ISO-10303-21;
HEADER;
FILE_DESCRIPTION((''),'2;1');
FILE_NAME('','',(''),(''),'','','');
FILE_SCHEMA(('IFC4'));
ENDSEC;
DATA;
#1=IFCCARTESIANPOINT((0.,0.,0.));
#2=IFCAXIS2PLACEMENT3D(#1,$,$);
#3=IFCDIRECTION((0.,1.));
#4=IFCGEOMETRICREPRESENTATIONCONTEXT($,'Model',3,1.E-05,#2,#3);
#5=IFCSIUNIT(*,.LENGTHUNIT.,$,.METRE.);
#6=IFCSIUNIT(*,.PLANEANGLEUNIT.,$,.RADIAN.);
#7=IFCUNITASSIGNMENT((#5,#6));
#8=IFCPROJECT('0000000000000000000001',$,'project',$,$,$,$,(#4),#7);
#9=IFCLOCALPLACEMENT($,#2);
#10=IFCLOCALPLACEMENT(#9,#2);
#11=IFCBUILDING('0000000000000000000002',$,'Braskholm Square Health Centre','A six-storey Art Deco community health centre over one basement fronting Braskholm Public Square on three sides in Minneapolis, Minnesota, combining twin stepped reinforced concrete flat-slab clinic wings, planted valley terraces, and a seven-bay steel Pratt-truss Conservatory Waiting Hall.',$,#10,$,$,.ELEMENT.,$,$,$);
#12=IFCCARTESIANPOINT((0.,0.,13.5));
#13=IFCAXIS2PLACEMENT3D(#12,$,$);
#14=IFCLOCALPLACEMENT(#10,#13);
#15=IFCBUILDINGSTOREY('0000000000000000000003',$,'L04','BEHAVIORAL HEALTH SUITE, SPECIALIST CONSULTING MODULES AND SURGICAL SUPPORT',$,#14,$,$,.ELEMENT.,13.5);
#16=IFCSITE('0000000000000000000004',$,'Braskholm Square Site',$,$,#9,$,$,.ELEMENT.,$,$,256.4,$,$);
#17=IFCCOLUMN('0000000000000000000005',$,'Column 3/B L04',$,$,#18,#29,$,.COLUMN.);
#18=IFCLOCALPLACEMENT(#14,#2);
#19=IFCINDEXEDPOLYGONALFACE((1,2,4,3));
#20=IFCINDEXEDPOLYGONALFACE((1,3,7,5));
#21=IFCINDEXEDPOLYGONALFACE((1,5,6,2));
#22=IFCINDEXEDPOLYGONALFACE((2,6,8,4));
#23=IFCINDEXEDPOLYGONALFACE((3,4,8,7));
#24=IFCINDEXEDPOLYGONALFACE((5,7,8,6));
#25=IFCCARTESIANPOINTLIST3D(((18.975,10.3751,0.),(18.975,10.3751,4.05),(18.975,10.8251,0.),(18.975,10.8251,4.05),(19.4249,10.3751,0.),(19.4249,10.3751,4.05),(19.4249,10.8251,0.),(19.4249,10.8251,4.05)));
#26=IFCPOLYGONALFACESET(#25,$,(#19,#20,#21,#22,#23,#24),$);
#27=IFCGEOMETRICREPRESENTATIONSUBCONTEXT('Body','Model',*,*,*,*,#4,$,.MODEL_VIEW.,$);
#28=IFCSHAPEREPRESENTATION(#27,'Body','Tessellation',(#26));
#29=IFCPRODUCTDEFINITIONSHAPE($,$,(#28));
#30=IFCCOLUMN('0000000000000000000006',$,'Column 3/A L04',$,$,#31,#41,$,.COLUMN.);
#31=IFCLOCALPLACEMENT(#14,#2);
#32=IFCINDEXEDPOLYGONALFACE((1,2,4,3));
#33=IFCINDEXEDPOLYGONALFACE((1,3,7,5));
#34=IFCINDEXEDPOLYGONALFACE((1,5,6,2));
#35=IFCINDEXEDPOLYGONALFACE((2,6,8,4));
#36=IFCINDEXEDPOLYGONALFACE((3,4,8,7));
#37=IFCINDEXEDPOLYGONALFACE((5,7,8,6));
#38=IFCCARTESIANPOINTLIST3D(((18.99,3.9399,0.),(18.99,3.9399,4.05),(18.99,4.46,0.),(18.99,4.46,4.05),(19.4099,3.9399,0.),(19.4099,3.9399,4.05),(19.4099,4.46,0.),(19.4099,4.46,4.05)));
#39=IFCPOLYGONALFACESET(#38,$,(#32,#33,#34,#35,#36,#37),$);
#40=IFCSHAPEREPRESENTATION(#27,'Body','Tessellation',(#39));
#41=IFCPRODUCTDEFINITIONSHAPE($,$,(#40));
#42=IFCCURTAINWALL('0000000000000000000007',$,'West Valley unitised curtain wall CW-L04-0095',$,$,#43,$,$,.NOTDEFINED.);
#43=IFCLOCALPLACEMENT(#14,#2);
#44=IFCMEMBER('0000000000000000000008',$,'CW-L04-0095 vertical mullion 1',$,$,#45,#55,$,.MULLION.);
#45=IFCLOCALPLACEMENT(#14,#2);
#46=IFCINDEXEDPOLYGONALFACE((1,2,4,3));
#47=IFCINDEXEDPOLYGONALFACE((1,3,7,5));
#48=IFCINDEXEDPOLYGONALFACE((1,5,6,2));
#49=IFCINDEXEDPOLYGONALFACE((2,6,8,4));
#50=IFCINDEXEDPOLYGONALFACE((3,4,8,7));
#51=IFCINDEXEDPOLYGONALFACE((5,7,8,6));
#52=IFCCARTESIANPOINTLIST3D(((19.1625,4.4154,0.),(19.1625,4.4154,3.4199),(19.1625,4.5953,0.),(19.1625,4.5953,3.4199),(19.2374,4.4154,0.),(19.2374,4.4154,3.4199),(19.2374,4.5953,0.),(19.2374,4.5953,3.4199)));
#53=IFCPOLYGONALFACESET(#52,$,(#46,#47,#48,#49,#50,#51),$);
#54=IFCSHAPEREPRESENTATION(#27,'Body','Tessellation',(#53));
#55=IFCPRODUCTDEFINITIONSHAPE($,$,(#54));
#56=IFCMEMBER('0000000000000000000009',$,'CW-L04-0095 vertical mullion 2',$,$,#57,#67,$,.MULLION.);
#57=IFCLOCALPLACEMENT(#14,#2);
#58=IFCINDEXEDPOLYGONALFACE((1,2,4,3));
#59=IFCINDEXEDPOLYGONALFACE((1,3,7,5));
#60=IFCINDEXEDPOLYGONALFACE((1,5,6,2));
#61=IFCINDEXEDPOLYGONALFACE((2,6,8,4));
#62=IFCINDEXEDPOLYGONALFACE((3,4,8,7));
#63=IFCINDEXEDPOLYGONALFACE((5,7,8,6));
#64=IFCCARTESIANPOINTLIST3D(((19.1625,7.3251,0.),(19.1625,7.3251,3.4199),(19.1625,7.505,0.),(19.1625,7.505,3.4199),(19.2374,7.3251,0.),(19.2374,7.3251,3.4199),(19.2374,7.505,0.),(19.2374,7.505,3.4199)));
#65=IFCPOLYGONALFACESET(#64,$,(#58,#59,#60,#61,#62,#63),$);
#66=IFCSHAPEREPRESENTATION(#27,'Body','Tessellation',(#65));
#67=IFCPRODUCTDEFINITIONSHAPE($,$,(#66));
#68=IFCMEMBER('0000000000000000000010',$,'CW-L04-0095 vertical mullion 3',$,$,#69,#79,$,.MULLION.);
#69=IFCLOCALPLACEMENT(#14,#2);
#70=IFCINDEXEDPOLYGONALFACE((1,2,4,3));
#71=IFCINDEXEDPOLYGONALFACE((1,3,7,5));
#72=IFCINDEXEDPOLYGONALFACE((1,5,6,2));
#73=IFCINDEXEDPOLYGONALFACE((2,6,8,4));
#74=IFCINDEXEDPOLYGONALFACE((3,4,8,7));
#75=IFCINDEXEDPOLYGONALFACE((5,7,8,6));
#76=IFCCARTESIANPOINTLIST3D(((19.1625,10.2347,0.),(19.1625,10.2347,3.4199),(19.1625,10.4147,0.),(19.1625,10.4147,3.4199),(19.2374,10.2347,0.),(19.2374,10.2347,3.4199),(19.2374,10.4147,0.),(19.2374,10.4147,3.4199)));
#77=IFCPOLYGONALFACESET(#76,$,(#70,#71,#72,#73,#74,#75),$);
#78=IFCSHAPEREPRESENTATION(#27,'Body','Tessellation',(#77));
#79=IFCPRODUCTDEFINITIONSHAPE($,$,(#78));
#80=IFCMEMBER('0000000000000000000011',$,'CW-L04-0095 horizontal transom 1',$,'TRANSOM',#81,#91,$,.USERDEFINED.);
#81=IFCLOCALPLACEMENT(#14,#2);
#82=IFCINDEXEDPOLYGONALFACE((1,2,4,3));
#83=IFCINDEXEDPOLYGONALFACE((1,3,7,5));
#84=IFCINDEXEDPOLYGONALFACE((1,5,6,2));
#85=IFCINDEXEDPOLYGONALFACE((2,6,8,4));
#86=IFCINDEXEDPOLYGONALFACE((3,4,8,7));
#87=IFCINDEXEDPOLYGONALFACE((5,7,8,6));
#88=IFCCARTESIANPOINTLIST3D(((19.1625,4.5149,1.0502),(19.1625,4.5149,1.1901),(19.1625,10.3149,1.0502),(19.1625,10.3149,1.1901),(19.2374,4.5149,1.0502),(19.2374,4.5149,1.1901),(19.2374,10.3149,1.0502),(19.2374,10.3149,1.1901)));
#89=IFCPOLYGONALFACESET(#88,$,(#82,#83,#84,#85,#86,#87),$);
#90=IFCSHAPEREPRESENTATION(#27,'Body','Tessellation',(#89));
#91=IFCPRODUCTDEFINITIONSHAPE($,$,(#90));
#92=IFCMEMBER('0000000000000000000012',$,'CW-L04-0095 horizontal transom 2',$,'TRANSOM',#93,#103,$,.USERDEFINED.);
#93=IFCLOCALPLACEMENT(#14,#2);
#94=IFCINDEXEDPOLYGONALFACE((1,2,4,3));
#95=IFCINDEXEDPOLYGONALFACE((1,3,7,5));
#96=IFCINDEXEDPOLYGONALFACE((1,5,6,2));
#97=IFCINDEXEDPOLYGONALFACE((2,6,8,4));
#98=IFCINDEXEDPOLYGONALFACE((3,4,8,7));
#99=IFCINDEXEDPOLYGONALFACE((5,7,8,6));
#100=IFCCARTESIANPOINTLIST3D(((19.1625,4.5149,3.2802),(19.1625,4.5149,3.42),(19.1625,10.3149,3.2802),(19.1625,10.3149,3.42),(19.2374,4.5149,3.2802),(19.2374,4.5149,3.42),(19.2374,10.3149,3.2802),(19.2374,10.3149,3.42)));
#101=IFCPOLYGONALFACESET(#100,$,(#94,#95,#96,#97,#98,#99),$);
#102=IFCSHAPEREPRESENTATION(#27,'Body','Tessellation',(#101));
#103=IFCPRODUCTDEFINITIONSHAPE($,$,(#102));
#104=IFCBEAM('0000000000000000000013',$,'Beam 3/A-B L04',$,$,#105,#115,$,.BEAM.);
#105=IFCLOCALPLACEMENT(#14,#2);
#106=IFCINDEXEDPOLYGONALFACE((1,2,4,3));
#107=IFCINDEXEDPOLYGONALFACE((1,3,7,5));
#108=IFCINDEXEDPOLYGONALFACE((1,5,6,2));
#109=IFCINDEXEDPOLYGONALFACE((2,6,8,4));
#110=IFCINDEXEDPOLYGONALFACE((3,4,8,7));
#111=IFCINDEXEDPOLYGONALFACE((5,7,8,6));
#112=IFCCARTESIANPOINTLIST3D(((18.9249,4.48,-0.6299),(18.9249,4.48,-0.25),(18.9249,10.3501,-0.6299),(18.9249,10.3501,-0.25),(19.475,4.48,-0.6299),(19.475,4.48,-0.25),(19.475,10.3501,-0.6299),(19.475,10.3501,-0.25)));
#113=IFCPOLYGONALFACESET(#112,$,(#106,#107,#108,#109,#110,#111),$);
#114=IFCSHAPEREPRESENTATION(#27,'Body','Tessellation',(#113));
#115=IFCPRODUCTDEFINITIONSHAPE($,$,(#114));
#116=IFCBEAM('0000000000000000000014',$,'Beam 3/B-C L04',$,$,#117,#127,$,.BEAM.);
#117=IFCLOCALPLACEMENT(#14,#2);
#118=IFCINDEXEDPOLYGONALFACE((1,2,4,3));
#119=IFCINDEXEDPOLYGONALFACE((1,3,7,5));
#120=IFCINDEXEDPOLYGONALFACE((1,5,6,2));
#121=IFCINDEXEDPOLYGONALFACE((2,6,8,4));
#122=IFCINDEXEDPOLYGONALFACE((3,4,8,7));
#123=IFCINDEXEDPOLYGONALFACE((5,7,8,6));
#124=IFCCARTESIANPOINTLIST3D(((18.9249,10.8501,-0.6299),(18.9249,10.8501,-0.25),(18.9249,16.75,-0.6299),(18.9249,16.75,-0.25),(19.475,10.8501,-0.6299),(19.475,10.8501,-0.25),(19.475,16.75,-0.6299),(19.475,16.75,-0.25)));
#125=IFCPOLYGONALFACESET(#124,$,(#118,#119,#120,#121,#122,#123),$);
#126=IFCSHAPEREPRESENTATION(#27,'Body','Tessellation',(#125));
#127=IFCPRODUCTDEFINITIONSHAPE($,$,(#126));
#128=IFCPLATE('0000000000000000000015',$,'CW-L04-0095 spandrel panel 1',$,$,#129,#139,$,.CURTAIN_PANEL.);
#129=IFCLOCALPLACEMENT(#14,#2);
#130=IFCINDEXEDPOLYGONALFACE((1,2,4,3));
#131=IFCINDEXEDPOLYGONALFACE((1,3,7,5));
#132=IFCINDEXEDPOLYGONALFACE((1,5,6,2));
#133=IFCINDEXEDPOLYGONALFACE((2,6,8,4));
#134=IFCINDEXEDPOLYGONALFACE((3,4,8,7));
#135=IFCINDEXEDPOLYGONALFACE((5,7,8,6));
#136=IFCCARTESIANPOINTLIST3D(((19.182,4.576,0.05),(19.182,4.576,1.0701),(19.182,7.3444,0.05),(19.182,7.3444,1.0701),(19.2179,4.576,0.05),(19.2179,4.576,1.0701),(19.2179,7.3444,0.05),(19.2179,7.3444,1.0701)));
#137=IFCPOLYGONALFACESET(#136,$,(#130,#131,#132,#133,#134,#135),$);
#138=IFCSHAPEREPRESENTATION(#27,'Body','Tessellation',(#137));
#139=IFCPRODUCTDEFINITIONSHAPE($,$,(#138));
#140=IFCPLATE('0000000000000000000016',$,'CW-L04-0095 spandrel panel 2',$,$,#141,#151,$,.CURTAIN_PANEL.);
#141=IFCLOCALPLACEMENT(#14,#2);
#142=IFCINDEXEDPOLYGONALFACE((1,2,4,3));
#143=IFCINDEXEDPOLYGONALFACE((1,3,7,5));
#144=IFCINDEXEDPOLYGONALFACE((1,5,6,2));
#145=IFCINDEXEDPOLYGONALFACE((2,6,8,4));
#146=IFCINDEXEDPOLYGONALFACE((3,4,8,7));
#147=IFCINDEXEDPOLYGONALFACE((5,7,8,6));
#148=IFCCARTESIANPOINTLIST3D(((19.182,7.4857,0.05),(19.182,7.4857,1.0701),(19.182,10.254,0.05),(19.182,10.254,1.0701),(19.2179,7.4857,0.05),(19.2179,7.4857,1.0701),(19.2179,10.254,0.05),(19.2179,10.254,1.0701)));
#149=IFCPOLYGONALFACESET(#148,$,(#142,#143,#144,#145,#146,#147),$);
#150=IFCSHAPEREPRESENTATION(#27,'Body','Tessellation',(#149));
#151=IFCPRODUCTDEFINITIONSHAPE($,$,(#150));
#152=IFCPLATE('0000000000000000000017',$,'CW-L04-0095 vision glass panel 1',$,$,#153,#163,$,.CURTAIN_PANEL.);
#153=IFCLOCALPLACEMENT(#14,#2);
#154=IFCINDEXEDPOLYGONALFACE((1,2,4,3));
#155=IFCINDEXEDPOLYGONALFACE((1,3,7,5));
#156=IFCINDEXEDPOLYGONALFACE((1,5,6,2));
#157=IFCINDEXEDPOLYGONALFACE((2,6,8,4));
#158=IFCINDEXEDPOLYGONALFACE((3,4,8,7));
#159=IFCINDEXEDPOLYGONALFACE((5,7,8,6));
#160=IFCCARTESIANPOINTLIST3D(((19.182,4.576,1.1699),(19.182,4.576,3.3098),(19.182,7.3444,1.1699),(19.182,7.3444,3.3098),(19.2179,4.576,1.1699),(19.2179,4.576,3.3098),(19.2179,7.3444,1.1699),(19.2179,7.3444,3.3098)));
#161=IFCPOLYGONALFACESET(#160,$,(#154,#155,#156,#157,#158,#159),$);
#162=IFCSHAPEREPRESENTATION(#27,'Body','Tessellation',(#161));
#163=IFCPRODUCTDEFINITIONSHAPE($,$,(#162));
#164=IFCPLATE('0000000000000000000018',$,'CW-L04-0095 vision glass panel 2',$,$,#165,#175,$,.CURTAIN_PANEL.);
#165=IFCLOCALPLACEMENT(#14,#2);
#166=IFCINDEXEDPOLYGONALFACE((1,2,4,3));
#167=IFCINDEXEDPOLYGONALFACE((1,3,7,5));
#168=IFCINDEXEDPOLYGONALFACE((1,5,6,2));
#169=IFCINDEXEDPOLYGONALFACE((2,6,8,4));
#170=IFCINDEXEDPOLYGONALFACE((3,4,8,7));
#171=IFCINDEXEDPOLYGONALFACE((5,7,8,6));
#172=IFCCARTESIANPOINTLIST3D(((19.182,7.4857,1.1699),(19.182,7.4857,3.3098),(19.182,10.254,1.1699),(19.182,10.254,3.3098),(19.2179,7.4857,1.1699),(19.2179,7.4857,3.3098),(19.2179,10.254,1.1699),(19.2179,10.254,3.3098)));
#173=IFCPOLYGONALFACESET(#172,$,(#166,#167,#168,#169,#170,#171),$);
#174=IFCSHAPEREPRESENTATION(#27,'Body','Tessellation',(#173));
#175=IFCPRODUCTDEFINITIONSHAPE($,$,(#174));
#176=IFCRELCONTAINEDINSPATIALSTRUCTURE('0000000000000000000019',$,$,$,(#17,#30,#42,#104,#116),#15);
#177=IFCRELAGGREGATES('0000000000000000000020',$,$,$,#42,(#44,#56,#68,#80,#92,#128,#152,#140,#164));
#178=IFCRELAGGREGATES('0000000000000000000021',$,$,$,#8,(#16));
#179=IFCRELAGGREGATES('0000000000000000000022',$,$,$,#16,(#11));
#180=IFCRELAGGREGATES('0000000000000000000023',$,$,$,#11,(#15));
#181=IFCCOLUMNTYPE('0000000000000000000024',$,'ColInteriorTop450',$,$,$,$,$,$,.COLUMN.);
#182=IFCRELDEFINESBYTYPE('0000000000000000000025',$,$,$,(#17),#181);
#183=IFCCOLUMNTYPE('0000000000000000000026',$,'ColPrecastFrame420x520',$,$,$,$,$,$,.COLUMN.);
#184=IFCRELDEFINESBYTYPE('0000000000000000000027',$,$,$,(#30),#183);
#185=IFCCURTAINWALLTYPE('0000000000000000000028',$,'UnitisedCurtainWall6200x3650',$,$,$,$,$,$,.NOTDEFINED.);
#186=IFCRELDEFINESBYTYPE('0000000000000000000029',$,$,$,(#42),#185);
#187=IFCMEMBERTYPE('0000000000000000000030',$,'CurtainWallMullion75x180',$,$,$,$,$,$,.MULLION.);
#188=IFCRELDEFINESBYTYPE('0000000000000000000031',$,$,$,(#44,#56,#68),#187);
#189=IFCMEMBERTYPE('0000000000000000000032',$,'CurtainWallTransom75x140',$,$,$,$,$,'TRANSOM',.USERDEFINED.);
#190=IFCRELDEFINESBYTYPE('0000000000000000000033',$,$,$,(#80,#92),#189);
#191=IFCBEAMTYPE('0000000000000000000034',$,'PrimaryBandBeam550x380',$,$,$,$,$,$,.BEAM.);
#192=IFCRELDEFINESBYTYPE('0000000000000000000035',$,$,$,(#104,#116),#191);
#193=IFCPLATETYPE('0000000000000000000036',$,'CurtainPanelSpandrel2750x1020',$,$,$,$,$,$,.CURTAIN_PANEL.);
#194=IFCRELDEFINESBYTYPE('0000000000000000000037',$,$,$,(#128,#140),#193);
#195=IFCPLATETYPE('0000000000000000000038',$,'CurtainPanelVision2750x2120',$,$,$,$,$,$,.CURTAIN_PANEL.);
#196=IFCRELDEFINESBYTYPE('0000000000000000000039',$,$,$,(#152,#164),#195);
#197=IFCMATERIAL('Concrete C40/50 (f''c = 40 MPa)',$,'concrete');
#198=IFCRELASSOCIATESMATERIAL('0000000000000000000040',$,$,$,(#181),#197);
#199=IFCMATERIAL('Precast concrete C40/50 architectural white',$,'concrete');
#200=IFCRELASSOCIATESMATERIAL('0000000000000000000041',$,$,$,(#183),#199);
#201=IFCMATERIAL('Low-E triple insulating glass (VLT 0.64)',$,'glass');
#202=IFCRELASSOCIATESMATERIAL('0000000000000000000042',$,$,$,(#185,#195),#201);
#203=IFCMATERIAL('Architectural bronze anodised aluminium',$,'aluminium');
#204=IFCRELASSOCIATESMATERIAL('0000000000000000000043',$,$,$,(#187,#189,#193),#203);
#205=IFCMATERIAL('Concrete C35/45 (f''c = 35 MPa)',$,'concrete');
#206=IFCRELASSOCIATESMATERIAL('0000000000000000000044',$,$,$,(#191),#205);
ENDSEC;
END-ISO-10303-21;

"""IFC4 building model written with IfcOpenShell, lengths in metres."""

from ifc_helpers import new_model, si_unit, direction, frame, origin, origin_2d, place, context, subcontext, project, spatial, rectangle, extrude, material, material_profile, profile_set, type_object, element, aggregate, save


model = new_model("IFC4")

# Units and contexts
model_context = context("Model", 3, precision=1e-05, world=origin(), true_north=direction((0.0, 1.0)))
body_context = subcontext(model_context, "Body", "Model", "MODEL_VIEW")
ifc_project = project(units=[si_unit("LENGTHUNIT", "METRE"), si_unit("PLANEANGLEUNIT", "RADIAN")], contexts=[model_context])

# Site, building, storey
site_placement = place(None, origin())
site = spatial("IfcSite", under=ifc_project, at=site_placement, Name="Braskholm Square Site", CompositionType="ELEMENT", RefElevation=256.4)
building_placement = place(site_placement, origin())
building = spatial("IfcBuilding", under=site, at=building_placement, Name="Braskholm Square Health Centre", Description="A six-storey Art Deco community health centre over one basement fronting Braskholm Public Square on three sides in Minneapolis, Minnesota, combining twin stepped reinforced concrete flat-slab clinic wings, planted valley terraces, and a seven-bay steel Pratt-truss Conservatory Waiting Hall.", CompositionType="ELEMENT")
storey_placement = place(building_placement, frame((0.0, 0.0, 13.5)))
storey = spatial("IfcBuildingStorey", under=building, at=storey_placement, Name="L04", Description="BEHAVIORAL HEALTH SUITE, SPECIALIST CONSULTING MODULES AND SURGICAL SUPPORT", CompositionType="ELEMENT", Elevation=13.5)

# Columns
ifc_material_1 = material(Name="Concrete C40/50 (f'c = 40 MPa)", Category="concrete")
ifc_material_profile_1 = material_profile(ifc_material_1, rectangle(XDim=0.45, YDim=0.45, at=origin_2d()), Name="RC-450X450")
ifc_profile_set_1 = profile_set([ifc_material_profile_1], Name="Concrete C40/50 (f'c = 40 MPa)")
column_type_1 = type_object("IfcColumnType", Name="ColInteriorTop450", PredefinedType="COLUMN", material=ifc_profile_set_1)
column_1_placement = place(storey_placement, frame((19.2, 10.6001, 0.0), z_axis=(0.0, 0.0, 1.0), x_axis=(1.0, 0.0, 0.0)))
element("IfcColumn", 1, at=column_1_placement, inside=storey, type_object=column_type_1, Name="Column 3/B L04", PredefinedType="COLUMN", context=body_context, shape_type="SweptSolid", body=[
    extrude(rectangle(XDim=0.45, YDim=0.45, at=origin_2d()), origin(), (0.0, 0.0, 1.0), 4.05),
])
ifc_material_2 = material(Name="Precast concrete C40/50 architectural white", Category="concrete")
ifc_material_profile_2 = material_profile(ifc_material_2, rectangle(XDim=0.4199, YDim=0.52, at=origin_2d()), Name="RC-420X520")
ifc_profile_set_2 = profile_set([ifc_material_profile_2], Name="Precast concrete C40/50 architectural white")
column_type_2 = type_object("IfcColumnType", Name="ColPrecastFrame420x520", PredefinedType="COLUMN", material=ifc_profile_set_2)
column_2_placement = place(storey_placement, frame((19.2, 4.2, 0.0), z_axis=(0.0, 0.0, 1.0), x_axis=(1.0, 0.0, 0.0)))
element("IfcColumn", 2, at=column_2_placement, inside=storey, type_object=column_type_2, Name="Column 3/A L04", PredefinedType="COLUMN", context=body_context, shape_type="SweptSolid", body=[
    extrude(rectangle(XDim=0.4199, YDim=0.52, at=origin_2d()), origin(), (0.0, 0.0, 1.0), 4.05),
])

# Curtain wall, members
ifc_material_3 = material(Name="Low-E triple insulating glass (VLT 0.64)", Category="glass")
curtain_wall_type = type_object("IfcCurtainWallType", Name="UnitisedCurtainWall6200x3650", PredefinedType="NOTDEFINED", material=ifc_material_3)
curtain_wall_placement = place(storey_placement, origin())
curtain_wall = element("IfcCurtainWall", 3, at=curtain_wall_placement, inside=storey, type_object=curtain_wall_type, Name="West Valley unitised curtain wall CW-L04-0095", PredefinedType="NOTDEFINED")
ifc_material_4 = material(Name="Architectural bronze anodised aluminium", Category="aluminium")
ifc_material_profile_3 = material_profile(ifc_material_4, rectangle(XDim=0.075, YDim=0.1799, at=origin_2d()), Name="ALU-75X180")
ifc_profile_set_3 = profile_set([ifc_material_profile_3], Name="Architectural bronze anodised aluminium")
member_type_1 = type_object("IfcMemberType", Name="CurtainWallMullion75x180", PredefinedType="MULLION", material=ifc_profile_set_3)
member_1_placement = place(storey_placement, frame((19.2, 4.5054, 0.0), z_axis=(0.0, 0.0, 1.0), x_axis=(1.0, 0.0, 0.0)))
member_1 = element("IfcMember", 4, at=member_1_placement, type_object=member_type_1, Name="CW-L04-0095 vertical mullion 1", PredefinedType="MULLION", context=body_context, shape_type="SweptSolid", body=[
    extrude(rectangle(XDim=0.075, YDim=0.1799, at=origin_2d()), origin(), (0.0, 0.0, 1.0), 3.4199),
])
member_2_placement = place(storey_placement, frame((19.2, 7.415, 0.0), z_axis=(0.0, 0.0, 1.0), x_axis=(1.0, 0.0, 0.0)))
member_2 = element("IfcMember", 5, at=member_2_placement, type_object=member_type_1, Name="CW-L04-0095 vertical mullion 2", PredefinedType="MULLION", context=body_context, shape_type="SweptSolid", body=[
    extrude(rectangle(XDim=0.075, YDim=0.1799, at=origin_2d()), origin(), (0.0, 0.0, 1.0), 3.4199),
])
member_3_placement = place(storey_placement, frame((19.2, 10.3247, 0.0), z_axis=(0.0, 0.0, 1.0), x_axis=(1.0, 0.0, 0.0)))
member_3 = element("IfcMember", 6, at=member_3_placement, type_object=member_type_1, Name="CW-L04-0095 vertical mullion 3", PredefinedType="MULLION", context=body_context, shape_type="SweptSolid", body=[
    extrude(rectangle(XDim=0.075, YDim=0.1799, at=origin_2d()), origin(), (0.0, 0.0, 1.0), 3.4199),
])
ifc_material_profile_4 = material_profile(ifc_material_4, rectangle(XDim=0.075, YDim=0.1399, at=origin_2d()), Name="ALU-75X140")
ifc_profile_set_4 = profile_set([ifc_material_profile_4], Name="Architectural bronze anodised aluminium")
member_type_2 = type_object("IfcMemberType", Name="CurtainWallTransom75x140", ElementType="TRANSOM", PredefinedType="USERDEFINED", material=ifc_profile_set_4)
member_4_placement = place(storey_placement, frame((19.2, 4.5149, 1.1201), z_axis=(0.0, 1.0, 0.0), x_axis=(-1.0, 0.0, 0.0)))
member_4 = element("IfcMember", 7, at=member_4_placement, type_object=member_type_2, Name="CW-L04-0095 horizontal transom 1", ObjectType="TRANSOM", PredefinedType="USERDEFINED", context=body_context, shape_type="SweptSolid", body=[
    extrude(rectangle(XDim=0.075, YDim=0.1399, at=origin_2d()), origin(), (0.0, 0.0, 1.0), 5.8),
])
member_5_placement = place(storey_placement, frame((19.2, 4.5149, 3.3501), z_axis=(0.0, 1.0, 0.0), x_axis=(-1.0, 0.0, 0.0)))
member_5 = element("IfcMember", 8, at=member_5_placement, type_object=member_type_2, Name="CW-L04-0095 horizontal transom 2", ObjectType="TRANSOM", PredefinedType="USERDEFINED", context=body_context, shape_type="SweptSolid", body=[
    extrude(rectangle(XDim=0.075, YDim=0.1399, at=origin_2d()), origin(), (0.0, 0.0, 1.0), 5.8),
])

# Beams
ifc_material_5 = material(Name="Concrete C35/45 (f'c = 35 MPa)", Category="concrete")
ifc_material_profile_5 = material_profile(ifc_material_5, rectangle(XDim=0.55, YDim=0.3799, at=origin_2d()), Name="RCB-550X380")
ifc_profile_set_5 = profile_set([ifc_material_profile_5], Name="Concrete C35/45 (f'c = 35 MPa)")
beam_type = type_object("IfcBeamType", Name="PrimaryBandBeam550x380", PredefinedType="BEAM", material=ifc_profile_set_5)
beam_1_placement = place(storey_placement, frame((19.2, 4.48, -0.4399), z_axis=(0.0, 1.0, 0.0), x_axis=(-1.0, 0.0, 0.0)))
element("IfcBeam", 9, at=beam_1_placement, inside=storey, type_object=beam_type, Name="Beam 3/A-B L04", PredefinedType="BEAM", context=body_context, shape_type="SweptSolid", body=[
    extrude(rectangle(XDim=0.55, YDim=0.3799, at=origin_2d()), origin(), (0.0, 0.0, 1.0), 5.8701),
])
beam_2_placement = place(storey_placement, frame((19.2, 10.8501, -0.4399), z_axis=(0.0, 1.0, 0.0), x_axis=(-1.0, 0.0, 0.0)))
element("IfcBeam", 10, at=beam_2_placement, inside=storey, type_object=beam_type, Name="Beam 3/B-C L04", PredefinedType="BEAM", context=body_context, shape_type="SweptSolid", body=[
    extrude(rectangle(XDim=0.55, YDim=0.3799, at=origin_2d()), origin(), (0.0, 0.0, 1.0), 5.8999),
])

# Plates
plate_type_1 = type_object("IfcPlateType", Name="CurtainPanelSpandrel2750x1020", PredefinedType="CURTAIN_PANEL", material=ifc_material_4)
plate_1_placement = place(storey_placement, frame((19.2, 5.9602, 0.05), z_axis=(0.0, 0.0, 1.0), x_axis=(0.0, 1.0, 0.0)))
plate_1 = element("IfcPlate", 11, at=plate_1_placement, type_object=plate_type_1, Name="CW-L04-0095 spandrel panel 1", PredefinedType="CURTAIN_PANEL", context=body_context, shape_type="SweptSolid", body=[
    extrude(rectangle(XDim=2.7683, YDim=0.0359, at=origin_2d()), origin(), (0.0, 0.0, 1.0), 1.02),
])
plate_2_placement = place(storey_placement, frame((19.2, 8.8699, 0.05), z_axis=(0.0, 0.0, 1.0), x_axis=(0.0, 1.0, 0.0)))
plate_2 = element("IfcPlate", 12, at=plate_2_placement, type_object=plate_type_1, Name="CW-L04-0095 spandrel panel 2", PredefinedType="CURTAIN_PANEL", context=body_context, shape_type="SweptSolid", body=[
    extrude(rectangle(XDim=2.7683, YDim=0.0359, at=origin_2d()), origin(), (0.0, 0.0, 1.0), 1.02),
])
plate_type_2 = type_object("IfcPlateType", Name="CurtainPanelVision2750x2120", PredefinedType="CURTAIN_PANEL", material=ifc_material_3)
plate_3_placement = place(storey_placement, frame((19.2, 5.9602, 1.1699), z_axis=(0.0, 0.0, 1.0), x_axis=(0.0, 1.0, 0.0)))
plate_3 = element("IfcPlate", 13, at=plate_3_placement, type_object=plate_type_2, Name="CW-L04-0095 vision glass panel 1", PredefinedType="CURTAIN_PANEL", context=body_context, shape_type="SweptSolid", body=[
    extrude(rectangle(XDim=2.7683, YDim=0.0359, at=origin_2d()), origin(), (0.0, 0.0, 1.0), 2.1399),
])
plate_4_placement = place(storey_placement, frame((19.2, 8.8699, 1.1699), z_axis=(0.0, 0.0, 1.0), x_axis=(0.0, 1.0, 0.0)))
plate_4 = element("IfcPlate", 14, at=plate_4_placement, type_object=plate_type_2, Name="CW-L04-0095 vision glass panel 2", PredefinedType="CURTAIN_PANEL", context=body_context, shape_type="SweptSolid", body=[
    extrude(rectangle(XDim=2.7683, YDim=0.0359, at=origin_2d()), origin(), (0.0, 0.0, 1.0), 2.1399),
])
aggregate(curtain_wall, [member_1, member_2, member_3, member_4, member_5, plate_1, plate_3, plate_2, plate_4])

save(model, "model.ifc")
